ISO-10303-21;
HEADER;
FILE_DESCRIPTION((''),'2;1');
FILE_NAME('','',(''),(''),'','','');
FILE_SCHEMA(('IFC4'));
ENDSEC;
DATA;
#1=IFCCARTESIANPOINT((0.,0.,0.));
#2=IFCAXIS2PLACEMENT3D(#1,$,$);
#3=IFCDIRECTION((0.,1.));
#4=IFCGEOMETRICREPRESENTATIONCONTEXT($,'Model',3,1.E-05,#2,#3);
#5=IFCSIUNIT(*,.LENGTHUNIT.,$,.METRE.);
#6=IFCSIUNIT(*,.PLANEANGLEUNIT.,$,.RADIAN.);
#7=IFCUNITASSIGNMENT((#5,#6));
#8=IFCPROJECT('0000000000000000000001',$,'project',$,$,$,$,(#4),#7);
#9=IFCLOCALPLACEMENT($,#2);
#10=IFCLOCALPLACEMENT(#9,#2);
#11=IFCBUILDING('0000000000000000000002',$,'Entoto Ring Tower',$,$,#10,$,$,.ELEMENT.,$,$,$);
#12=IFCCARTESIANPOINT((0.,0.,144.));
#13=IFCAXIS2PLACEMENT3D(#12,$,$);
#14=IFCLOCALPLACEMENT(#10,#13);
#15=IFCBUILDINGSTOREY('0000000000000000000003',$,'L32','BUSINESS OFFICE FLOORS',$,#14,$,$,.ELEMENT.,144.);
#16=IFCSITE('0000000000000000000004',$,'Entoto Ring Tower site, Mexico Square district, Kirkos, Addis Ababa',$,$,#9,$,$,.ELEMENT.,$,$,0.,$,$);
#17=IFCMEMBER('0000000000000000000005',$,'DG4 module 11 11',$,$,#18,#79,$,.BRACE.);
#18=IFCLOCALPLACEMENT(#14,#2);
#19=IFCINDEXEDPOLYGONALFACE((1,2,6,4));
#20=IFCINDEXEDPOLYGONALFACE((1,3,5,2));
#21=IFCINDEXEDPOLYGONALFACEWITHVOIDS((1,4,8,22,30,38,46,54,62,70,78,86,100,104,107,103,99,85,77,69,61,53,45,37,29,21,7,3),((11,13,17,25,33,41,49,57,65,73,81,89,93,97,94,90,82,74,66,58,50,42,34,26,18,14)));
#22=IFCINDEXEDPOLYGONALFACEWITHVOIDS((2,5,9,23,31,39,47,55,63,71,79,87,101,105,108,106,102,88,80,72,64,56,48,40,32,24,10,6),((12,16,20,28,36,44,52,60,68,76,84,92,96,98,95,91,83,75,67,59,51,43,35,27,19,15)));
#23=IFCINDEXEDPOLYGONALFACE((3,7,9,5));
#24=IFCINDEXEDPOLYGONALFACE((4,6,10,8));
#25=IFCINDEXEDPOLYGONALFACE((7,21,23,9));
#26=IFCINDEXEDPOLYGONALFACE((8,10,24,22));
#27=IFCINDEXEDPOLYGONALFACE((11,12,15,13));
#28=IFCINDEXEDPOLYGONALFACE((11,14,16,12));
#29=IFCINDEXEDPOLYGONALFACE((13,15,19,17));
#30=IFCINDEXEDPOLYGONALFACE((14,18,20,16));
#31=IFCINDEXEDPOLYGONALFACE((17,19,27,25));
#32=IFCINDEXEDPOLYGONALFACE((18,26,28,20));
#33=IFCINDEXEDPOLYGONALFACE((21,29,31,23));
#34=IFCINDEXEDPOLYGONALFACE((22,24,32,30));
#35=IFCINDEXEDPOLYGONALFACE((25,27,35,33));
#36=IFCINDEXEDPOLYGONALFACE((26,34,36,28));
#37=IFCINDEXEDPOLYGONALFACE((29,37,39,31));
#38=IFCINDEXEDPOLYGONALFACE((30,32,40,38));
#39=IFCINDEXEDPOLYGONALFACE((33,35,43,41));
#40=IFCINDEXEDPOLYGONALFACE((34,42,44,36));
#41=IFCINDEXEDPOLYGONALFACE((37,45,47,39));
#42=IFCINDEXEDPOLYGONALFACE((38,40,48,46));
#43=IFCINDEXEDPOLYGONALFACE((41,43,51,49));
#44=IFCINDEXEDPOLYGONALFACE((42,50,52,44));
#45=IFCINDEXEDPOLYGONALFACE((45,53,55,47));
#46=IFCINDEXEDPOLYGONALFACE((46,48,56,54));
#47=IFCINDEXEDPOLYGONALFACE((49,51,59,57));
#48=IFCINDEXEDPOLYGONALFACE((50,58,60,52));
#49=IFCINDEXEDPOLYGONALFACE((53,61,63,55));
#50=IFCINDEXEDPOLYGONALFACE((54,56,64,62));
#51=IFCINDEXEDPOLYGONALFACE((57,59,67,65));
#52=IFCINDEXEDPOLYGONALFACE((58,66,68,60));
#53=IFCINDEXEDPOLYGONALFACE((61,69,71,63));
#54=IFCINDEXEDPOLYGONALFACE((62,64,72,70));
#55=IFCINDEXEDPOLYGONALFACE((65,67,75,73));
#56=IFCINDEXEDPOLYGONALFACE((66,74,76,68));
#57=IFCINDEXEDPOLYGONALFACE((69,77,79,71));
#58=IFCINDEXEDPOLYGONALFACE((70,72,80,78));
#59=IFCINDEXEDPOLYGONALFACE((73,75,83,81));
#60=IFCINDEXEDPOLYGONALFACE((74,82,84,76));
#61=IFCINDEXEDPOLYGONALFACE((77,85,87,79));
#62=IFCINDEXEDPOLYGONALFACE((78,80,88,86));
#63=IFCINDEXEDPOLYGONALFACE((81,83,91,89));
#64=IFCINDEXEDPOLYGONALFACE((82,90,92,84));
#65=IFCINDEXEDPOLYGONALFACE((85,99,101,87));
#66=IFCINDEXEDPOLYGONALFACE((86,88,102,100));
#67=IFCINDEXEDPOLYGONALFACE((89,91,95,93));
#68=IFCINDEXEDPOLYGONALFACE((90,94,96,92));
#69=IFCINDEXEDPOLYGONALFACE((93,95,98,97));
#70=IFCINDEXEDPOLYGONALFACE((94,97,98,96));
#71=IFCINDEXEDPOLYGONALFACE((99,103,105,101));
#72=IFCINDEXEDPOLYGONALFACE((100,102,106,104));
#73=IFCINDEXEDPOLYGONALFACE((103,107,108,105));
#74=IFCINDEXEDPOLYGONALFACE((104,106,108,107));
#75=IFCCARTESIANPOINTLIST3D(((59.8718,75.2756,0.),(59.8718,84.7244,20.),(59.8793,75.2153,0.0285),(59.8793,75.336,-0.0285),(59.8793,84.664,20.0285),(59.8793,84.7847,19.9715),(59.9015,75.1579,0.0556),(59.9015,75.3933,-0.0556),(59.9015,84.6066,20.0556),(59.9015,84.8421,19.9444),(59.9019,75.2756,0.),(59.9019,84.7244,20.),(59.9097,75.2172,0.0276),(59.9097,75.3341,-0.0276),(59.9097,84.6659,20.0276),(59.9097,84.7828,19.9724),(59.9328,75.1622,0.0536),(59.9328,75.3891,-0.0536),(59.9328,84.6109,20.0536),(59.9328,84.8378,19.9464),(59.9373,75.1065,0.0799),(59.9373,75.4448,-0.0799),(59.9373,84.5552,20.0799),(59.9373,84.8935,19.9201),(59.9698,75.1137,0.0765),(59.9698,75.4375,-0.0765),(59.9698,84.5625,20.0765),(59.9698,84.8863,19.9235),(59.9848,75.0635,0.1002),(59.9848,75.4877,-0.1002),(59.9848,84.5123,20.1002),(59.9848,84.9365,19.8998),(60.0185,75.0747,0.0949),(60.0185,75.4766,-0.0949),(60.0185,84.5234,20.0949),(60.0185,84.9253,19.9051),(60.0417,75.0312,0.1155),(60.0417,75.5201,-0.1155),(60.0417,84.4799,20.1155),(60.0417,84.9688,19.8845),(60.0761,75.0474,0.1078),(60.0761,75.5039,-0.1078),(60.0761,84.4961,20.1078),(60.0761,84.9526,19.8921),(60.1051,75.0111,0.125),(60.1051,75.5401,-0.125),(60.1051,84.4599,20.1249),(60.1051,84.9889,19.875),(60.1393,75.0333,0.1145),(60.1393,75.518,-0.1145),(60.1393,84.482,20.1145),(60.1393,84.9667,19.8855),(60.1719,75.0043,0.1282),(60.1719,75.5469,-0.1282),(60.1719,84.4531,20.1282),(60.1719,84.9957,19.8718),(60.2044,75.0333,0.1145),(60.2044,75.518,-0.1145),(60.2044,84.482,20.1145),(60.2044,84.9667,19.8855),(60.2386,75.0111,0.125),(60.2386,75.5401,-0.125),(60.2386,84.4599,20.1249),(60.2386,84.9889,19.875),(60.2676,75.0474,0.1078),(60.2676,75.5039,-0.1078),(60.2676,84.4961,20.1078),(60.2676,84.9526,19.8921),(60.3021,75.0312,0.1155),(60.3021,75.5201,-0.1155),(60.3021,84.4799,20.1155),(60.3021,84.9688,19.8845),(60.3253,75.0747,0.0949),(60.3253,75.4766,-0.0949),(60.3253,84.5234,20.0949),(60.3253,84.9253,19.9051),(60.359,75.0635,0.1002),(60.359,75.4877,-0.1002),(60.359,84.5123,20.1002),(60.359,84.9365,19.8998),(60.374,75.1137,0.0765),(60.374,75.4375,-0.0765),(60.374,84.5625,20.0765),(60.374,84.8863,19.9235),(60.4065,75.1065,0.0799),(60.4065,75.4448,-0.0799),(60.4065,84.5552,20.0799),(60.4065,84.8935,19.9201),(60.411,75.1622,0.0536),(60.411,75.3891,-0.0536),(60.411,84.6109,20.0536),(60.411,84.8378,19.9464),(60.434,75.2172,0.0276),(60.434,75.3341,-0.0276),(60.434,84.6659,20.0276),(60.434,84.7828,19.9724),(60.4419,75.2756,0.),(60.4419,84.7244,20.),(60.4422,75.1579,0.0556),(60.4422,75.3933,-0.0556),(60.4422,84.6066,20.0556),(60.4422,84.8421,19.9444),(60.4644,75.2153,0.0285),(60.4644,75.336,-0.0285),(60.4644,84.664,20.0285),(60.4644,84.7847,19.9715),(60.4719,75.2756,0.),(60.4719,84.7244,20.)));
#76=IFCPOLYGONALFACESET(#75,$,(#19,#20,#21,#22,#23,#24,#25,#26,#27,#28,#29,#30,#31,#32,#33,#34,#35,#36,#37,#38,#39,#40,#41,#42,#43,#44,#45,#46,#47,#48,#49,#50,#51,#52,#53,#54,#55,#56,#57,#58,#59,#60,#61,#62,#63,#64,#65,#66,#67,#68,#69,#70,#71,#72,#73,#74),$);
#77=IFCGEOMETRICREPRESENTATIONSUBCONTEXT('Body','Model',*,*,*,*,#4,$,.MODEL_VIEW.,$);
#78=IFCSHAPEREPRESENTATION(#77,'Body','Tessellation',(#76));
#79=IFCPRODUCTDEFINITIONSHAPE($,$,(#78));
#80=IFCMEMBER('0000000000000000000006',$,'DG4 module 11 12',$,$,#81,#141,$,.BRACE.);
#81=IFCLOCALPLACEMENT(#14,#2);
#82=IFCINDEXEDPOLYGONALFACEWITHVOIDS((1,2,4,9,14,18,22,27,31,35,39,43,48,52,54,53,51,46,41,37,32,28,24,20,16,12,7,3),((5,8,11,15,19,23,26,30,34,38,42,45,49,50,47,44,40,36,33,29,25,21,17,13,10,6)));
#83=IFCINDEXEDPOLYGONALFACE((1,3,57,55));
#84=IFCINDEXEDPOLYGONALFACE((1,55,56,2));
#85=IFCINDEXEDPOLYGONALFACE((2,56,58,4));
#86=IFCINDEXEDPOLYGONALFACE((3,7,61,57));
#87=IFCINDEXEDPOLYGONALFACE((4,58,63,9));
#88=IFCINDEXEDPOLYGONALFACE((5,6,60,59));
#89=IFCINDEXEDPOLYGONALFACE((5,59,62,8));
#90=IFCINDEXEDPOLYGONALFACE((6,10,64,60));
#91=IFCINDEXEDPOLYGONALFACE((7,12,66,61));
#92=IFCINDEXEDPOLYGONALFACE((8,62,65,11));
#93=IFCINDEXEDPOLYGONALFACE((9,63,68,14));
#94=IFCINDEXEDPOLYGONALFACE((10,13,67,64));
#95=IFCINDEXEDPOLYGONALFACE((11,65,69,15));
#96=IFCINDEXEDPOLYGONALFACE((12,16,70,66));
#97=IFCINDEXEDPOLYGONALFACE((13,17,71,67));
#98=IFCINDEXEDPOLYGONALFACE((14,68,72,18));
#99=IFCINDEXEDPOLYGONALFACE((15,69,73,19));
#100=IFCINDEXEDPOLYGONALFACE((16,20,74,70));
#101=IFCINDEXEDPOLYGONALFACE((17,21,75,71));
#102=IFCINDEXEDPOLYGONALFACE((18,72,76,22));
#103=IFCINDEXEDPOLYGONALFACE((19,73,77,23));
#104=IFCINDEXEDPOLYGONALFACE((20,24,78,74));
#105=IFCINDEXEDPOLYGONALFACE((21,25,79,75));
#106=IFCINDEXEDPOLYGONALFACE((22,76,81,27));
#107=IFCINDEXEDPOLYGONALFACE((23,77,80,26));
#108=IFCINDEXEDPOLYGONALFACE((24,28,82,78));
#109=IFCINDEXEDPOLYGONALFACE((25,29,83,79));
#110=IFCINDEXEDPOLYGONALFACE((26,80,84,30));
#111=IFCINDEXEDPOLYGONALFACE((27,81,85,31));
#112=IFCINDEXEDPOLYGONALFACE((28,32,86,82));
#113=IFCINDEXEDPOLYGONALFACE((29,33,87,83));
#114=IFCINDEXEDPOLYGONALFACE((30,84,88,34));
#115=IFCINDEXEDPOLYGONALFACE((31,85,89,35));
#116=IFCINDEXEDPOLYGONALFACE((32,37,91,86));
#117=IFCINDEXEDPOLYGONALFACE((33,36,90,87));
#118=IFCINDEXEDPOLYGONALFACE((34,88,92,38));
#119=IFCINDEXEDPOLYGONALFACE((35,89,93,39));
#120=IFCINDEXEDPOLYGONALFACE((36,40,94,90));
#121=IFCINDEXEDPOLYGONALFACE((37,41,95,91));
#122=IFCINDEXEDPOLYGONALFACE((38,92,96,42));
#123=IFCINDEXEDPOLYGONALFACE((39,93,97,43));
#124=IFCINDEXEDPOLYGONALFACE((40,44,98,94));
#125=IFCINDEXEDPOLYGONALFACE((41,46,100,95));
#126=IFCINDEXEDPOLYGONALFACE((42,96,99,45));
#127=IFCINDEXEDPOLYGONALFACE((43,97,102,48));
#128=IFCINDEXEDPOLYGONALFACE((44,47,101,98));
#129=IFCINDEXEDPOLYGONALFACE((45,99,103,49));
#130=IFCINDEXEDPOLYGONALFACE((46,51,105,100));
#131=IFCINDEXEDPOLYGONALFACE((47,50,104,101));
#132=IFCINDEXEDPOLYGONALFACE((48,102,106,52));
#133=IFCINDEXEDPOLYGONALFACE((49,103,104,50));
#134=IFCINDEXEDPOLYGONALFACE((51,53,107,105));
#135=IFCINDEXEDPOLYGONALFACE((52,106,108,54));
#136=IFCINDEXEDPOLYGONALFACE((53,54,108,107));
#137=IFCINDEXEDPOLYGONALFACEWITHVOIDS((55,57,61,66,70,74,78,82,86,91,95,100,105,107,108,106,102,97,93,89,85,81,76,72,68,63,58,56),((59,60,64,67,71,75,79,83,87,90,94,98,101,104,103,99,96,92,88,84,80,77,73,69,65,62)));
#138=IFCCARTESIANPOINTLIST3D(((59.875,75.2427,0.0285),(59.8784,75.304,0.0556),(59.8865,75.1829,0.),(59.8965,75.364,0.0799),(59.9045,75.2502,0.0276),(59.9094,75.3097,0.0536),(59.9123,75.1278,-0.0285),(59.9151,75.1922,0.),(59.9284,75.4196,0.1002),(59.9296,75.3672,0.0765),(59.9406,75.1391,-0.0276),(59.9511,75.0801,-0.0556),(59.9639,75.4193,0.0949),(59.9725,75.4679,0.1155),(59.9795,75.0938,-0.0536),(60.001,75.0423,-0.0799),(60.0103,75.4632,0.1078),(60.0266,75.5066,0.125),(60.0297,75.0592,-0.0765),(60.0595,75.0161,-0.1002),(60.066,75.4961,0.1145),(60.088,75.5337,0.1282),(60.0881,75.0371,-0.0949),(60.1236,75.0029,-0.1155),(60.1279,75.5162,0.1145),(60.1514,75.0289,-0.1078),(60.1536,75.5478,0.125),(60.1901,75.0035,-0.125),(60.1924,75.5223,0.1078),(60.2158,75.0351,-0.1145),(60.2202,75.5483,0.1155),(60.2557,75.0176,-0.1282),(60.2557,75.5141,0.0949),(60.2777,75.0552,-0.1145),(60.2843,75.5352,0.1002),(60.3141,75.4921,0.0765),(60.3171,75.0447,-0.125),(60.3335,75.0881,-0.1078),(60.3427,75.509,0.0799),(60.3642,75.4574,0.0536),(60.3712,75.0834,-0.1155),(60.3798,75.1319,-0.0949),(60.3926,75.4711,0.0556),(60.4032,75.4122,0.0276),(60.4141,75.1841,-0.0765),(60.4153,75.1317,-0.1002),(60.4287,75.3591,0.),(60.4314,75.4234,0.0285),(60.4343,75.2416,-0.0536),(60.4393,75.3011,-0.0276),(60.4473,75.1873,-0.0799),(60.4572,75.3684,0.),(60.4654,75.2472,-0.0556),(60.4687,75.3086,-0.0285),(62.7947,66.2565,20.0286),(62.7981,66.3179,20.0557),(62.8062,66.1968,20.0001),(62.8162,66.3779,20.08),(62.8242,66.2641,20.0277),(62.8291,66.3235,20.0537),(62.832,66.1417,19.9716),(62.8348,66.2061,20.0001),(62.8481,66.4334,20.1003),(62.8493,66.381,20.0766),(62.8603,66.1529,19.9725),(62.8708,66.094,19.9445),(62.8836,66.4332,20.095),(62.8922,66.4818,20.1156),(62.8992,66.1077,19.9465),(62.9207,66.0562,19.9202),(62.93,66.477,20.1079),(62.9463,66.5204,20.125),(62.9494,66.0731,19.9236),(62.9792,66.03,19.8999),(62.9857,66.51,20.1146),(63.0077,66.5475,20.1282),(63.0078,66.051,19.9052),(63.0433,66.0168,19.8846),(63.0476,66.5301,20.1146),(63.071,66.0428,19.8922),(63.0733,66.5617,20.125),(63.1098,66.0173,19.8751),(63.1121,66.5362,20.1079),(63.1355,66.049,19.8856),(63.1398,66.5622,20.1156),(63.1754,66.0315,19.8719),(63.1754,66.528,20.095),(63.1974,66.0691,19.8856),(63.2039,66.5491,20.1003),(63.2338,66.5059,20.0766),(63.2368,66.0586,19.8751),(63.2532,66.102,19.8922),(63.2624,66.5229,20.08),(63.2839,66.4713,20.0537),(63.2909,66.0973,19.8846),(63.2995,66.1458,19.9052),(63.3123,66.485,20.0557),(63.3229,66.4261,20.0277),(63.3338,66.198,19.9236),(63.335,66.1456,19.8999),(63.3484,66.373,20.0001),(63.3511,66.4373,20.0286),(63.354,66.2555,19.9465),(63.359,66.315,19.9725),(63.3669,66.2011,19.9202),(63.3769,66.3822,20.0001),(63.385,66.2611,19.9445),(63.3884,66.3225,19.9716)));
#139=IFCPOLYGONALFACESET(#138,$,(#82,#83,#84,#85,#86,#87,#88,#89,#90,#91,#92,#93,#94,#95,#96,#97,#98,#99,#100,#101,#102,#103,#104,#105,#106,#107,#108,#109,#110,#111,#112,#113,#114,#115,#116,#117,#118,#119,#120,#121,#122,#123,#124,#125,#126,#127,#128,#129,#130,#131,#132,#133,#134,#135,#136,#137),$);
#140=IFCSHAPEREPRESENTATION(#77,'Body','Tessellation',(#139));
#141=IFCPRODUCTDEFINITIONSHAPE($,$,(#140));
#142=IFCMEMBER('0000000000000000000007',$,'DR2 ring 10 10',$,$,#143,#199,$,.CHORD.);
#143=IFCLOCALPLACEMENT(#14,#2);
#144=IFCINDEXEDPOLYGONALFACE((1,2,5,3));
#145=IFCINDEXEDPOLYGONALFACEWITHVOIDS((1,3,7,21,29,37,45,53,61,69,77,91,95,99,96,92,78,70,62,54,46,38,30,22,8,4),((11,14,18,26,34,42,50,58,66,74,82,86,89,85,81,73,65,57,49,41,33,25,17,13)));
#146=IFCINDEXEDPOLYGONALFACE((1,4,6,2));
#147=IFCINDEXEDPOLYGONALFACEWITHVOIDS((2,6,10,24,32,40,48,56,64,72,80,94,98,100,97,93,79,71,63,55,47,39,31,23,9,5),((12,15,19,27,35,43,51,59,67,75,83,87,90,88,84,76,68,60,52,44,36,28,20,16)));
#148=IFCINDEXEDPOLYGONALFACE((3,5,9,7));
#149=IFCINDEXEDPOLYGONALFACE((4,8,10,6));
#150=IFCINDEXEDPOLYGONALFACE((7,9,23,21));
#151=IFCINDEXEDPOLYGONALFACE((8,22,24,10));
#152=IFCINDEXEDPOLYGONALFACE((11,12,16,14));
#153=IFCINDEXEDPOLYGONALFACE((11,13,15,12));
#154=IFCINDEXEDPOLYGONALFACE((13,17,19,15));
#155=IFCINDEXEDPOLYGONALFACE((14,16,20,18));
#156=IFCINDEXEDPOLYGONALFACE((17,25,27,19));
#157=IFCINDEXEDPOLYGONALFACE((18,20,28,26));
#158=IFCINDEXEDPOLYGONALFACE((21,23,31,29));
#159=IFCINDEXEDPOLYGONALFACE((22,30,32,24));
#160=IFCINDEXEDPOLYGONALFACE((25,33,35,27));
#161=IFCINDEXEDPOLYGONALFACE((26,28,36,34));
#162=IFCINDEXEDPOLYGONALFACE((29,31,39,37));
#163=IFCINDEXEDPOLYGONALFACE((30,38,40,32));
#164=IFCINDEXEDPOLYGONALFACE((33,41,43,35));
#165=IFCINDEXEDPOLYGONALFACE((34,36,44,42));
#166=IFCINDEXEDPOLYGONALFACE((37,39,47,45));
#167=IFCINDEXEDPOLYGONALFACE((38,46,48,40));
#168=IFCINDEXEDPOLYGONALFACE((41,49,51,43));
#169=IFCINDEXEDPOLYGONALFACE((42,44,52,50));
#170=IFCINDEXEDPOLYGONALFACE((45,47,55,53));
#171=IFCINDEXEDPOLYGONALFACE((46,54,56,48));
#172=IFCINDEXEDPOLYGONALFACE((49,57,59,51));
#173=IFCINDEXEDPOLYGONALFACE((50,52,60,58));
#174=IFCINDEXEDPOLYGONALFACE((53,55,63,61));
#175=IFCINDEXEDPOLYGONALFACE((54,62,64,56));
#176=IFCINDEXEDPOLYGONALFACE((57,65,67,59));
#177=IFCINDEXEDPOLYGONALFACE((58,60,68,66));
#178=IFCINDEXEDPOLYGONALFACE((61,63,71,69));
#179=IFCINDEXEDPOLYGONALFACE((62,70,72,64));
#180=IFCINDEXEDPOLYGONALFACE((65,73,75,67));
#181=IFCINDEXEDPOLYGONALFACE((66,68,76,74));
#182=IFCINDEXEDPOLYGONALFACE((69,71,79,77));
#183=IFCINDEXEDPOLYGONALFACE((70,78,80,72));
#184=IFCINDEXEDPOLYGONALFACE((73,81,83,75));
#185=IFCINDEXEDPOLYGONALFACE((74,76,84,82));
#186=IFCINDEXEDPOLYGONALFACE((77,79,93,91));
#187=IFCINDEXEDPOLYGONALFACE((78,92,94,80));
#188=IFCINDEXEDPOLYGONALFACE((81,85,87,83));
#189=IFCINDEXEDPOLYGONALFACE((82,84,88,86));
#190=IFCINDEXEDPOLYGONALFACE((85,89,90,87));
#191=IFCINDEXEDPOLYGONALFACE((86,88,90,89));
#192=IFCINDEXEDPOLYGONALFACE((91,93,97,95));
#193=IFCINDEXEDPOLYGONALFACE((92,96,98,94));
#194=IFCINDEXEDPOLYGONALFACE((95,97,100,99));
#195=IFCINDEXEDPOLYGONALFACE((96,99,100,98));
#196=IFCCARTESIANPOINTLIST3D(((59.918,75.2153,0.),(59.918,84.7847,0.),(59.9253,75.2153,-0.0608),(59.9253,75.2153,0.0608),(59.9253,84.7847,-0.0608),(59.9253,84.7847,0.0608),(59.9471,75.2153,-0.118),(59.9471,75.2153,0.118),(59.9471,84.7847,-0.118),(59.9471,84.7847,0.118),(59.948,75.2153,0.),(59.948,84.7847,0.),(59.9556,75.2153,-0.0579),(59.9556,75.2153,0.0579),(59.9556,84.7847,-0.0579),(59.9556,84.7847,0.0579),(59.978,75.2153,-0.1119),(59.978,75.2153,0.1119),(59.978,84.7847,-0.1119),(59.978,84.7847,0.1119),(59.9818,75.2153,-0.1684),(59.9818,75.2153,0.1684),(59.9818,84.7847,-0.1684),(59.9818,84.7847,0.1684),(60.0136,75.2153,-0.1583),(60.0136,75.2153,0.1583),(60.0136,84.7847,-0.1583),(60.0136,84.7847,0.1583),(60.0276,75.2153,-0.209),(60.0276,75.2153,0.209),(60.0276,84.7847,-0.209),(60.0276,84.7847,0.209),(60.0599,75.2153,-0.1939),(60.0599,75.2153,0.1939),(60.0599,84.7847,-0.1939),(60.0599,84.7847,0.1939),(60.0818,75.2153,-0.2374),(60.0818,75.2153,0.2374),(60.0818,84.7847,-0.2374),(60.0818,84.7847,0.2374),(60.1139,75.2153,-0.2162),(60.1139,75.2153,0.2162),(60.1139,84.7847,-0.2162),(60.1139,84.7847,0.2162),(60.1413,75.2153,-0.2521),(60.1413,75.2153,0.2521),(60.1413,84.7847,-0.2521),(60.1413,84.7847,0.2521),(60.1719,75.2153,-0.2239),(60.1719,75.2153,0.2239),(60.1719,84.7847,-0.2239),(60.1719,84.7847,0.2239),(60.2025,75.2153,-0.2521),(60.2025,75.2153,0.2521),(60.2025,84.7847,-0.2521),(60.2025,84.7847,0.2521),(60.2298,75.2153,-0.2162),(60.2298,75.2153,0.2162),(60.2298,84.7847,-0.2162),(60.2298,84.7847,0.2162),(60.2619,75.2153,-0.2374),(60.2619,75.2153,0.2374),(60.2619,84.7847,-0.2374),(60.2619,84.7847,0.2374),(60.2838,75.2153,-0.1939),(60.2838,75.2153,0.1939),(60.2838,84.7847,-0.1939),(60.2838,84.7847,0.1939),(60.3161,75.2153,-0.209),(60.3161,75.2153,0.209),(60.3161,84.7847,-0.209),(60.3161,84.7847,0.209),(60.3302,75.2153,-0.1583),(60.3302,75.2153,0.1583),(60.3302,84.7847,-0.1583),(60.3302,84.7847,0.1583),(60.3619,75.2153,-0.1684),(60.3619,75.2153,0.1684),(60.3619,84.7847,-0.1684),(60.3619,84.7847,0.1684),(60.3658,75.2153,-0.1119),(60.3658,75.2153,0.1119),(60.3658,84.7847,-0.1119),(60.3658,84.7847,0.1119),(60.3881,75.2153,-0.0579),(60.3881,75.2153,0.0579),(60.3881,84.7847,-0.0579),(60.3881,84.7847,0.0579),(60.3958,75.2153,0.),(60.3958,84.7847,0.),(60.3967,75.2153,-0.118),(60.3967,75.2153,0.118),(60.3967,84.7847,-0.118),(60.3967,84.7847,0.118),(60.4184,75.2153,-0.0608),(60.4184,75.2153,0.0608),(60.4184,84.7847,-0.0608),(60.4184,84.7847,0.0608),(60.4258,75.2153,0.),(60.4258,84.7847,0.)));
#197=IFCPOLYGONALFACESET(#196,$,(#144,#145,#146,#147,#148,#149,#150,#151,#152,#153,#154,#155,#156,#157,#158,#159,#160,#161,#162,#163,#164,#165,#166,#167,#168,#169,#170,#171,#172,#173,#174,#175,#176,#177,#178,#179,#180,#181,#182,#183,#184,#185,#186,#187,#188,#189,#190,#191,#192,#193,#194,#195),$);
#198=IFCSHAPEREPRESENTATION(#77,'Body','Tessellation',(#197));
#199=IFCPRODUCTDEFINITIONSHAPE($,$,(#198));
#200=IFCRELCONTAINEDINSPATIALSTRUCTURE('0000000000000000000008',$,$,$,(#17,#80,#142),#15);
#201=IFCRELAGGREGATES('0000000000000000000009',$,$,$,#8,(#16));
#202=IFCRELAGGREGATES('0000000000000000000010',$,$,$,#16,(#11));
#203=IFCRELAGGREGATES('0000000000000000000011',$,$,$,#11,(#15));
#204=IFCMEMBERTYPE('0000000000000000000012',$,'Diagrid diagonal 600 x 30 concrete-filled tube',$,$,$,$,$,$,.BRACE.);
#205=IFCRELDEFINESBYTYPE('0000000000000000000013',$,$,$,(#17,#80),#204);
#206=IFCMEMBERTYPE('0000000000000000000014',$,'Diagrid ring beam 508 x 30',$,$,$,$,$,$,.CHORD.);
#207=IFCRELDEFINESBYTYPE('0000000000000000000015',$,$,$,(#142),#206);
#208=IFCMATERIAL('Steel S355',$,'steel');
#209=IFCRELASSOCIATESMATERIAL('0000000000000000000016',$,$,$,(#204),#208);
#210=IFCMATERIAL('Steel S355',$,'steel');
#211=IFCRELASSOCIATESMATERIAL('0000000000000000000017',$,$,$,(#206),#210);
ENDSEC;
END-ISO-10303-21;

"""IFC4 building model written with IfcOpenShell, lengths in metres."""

from ifc_helpers import new_model, si_unit, direction, frame, origin, origin_2d, place, context, subcontext, project, spatial, circle, hollow_circle, extrude, material, material_profile, profile_set, type_object, element, save


model = new_model("IFC4")

# Units and contexts
model_context = context("Model", 3, precision=1e-05, world=origin(), true_north=direction((0.0, 1.0)))
body_context = subcontext(model_context, "Body", "Model", "MODEL_VIEW")
ifc_project = project(units=[si_unit("LENGTHUNIT", "METRE"), si_unit("PLANEANGLEUNIT", "RADIAN")], contexts=[model_context])

# Site, building, storey
site_placement = place(None, origin())
site = spatial("IfcSite", under=ifc_project, at=site_placement, Name="Entoto Ring Tower site, Mexico Square district, Kirkos, Addis Ababa", CompositionType="ELEMENT", RefElevation=0.0)
building_placement = place(site_placement, origin())
building = spatial("IfcBuilding", under=site, at=building_placement, Name="Entoto Ring Tower", CompositionType="ELEMENT")
storey_placement = place(building_placement, frame((0.0, 0.0, 144.0)))
storey = spatial("IfcBuildingStorey", under=building, at=storey_placement, Name="L32", Description="BUSINESS OFFICE FLOORS", CompositionType="ELEMENT", Elevation=144.0)

# Members
ifc_material_1 = material(Name="Steel S355", Category="steel")
ifc_material_profile_1 = material_profile(ifc_material_1, hollow_circle(Radius=0.3, WallThickness=0.03, at=origin_2d()), Name="CHS 600 x 30")
ifc_material_2 = material(Name="Concrete C60/75", Category="concrete")
ifc_material_profile_2 = material_profile(ifc_material_2, circle(Radius=0.27, at=origin_2d()), Name="Concrete C60/75 infill")
ifc_profile_set_1 = profile_set([ifc_material_profile_1, ifc_material_profile_2], Name="Steel S355")
member_type_1 = type_object("IfcMemberType", Name="Diagrid diagonal 600 x 30 concrete-filled tube", PredefinedType="BRACE", material=ifc_profile_set_1)
for number, where, z_axis, x_axis, name in (
    (1, (60.1719, 75.2756, 0.0), (0.0, 0.427165, 0.904174), (-1.0, 0.0, 0.0), "DG4 module 11 11"),
    (2, (60.1719, 75.2756, 0.0), (0.131995, -0.406251, 0.904178), (0.951059, 0.30901, 0.0), "DG4 module 11 12"),
):
    element("IfcMember", number, at=place(storey_placement, frame(where, z_axis=z_axis, x_axis=x_axis)), inside=storey, type_object=member_type_1, Name=name, PredefinedType="BRACE", context=body_context, shape_type="SweptSolid", body=[
        extrude(hollow_circle(Radius=0.3, WallThickness=0.03, at=origin_2d()), origin(), (0.0, 0.0, 1.0), 22.1196),
    ])
ifc_material_3 = material(Name="Steel S355", Category="steel")
ifc_material_profile_3 = material_profile(ifc_material_3, hollow_circle(Radius=0.2539, WallThickness=0.03, at=origin_2d()), Name="CHS 508 x 30")
ifc_material_4 = material(Name="Concrete C60/75", Category="concrete")
ifc_material_profile_4 = material_profile(ifc_material_4, circle(Radius=0.2241, at=origin_2d()), Name="Concrete C60/75 infill")
ifc_profile_set_2 = profile_set([ifc_material_profile_3, ifc_material_profile_4], Name="Steel S355")
member_type_2 = type_object("IfcMemberType", Name="Diagrid ring beam 508 x 30", PredefinedType="CHORD", material=ifc_profile_set_2)
member_1_placement = place(storey_placement, frame((60.1719, 84.7847, 0.0), z_axis=(0.0, -1.0, 0.0), x_axis=(1.0, 0.0, 0.0)))
element("IfcMember", 3, at=member_1_placement, inside=storey, type_object=member_type_2, Name="DR2 ring 10 10", PredefinedType="CHORD", context=body_context, shape_type="SweptSolid", body=[
    extrude(hollow_circle(Radius=0.2539, WallThickness=0.03, at=origin_2d()), origin(), (0.0, 0.0, 1.0), 9.5693),
])

save(model, "model.ifc")
